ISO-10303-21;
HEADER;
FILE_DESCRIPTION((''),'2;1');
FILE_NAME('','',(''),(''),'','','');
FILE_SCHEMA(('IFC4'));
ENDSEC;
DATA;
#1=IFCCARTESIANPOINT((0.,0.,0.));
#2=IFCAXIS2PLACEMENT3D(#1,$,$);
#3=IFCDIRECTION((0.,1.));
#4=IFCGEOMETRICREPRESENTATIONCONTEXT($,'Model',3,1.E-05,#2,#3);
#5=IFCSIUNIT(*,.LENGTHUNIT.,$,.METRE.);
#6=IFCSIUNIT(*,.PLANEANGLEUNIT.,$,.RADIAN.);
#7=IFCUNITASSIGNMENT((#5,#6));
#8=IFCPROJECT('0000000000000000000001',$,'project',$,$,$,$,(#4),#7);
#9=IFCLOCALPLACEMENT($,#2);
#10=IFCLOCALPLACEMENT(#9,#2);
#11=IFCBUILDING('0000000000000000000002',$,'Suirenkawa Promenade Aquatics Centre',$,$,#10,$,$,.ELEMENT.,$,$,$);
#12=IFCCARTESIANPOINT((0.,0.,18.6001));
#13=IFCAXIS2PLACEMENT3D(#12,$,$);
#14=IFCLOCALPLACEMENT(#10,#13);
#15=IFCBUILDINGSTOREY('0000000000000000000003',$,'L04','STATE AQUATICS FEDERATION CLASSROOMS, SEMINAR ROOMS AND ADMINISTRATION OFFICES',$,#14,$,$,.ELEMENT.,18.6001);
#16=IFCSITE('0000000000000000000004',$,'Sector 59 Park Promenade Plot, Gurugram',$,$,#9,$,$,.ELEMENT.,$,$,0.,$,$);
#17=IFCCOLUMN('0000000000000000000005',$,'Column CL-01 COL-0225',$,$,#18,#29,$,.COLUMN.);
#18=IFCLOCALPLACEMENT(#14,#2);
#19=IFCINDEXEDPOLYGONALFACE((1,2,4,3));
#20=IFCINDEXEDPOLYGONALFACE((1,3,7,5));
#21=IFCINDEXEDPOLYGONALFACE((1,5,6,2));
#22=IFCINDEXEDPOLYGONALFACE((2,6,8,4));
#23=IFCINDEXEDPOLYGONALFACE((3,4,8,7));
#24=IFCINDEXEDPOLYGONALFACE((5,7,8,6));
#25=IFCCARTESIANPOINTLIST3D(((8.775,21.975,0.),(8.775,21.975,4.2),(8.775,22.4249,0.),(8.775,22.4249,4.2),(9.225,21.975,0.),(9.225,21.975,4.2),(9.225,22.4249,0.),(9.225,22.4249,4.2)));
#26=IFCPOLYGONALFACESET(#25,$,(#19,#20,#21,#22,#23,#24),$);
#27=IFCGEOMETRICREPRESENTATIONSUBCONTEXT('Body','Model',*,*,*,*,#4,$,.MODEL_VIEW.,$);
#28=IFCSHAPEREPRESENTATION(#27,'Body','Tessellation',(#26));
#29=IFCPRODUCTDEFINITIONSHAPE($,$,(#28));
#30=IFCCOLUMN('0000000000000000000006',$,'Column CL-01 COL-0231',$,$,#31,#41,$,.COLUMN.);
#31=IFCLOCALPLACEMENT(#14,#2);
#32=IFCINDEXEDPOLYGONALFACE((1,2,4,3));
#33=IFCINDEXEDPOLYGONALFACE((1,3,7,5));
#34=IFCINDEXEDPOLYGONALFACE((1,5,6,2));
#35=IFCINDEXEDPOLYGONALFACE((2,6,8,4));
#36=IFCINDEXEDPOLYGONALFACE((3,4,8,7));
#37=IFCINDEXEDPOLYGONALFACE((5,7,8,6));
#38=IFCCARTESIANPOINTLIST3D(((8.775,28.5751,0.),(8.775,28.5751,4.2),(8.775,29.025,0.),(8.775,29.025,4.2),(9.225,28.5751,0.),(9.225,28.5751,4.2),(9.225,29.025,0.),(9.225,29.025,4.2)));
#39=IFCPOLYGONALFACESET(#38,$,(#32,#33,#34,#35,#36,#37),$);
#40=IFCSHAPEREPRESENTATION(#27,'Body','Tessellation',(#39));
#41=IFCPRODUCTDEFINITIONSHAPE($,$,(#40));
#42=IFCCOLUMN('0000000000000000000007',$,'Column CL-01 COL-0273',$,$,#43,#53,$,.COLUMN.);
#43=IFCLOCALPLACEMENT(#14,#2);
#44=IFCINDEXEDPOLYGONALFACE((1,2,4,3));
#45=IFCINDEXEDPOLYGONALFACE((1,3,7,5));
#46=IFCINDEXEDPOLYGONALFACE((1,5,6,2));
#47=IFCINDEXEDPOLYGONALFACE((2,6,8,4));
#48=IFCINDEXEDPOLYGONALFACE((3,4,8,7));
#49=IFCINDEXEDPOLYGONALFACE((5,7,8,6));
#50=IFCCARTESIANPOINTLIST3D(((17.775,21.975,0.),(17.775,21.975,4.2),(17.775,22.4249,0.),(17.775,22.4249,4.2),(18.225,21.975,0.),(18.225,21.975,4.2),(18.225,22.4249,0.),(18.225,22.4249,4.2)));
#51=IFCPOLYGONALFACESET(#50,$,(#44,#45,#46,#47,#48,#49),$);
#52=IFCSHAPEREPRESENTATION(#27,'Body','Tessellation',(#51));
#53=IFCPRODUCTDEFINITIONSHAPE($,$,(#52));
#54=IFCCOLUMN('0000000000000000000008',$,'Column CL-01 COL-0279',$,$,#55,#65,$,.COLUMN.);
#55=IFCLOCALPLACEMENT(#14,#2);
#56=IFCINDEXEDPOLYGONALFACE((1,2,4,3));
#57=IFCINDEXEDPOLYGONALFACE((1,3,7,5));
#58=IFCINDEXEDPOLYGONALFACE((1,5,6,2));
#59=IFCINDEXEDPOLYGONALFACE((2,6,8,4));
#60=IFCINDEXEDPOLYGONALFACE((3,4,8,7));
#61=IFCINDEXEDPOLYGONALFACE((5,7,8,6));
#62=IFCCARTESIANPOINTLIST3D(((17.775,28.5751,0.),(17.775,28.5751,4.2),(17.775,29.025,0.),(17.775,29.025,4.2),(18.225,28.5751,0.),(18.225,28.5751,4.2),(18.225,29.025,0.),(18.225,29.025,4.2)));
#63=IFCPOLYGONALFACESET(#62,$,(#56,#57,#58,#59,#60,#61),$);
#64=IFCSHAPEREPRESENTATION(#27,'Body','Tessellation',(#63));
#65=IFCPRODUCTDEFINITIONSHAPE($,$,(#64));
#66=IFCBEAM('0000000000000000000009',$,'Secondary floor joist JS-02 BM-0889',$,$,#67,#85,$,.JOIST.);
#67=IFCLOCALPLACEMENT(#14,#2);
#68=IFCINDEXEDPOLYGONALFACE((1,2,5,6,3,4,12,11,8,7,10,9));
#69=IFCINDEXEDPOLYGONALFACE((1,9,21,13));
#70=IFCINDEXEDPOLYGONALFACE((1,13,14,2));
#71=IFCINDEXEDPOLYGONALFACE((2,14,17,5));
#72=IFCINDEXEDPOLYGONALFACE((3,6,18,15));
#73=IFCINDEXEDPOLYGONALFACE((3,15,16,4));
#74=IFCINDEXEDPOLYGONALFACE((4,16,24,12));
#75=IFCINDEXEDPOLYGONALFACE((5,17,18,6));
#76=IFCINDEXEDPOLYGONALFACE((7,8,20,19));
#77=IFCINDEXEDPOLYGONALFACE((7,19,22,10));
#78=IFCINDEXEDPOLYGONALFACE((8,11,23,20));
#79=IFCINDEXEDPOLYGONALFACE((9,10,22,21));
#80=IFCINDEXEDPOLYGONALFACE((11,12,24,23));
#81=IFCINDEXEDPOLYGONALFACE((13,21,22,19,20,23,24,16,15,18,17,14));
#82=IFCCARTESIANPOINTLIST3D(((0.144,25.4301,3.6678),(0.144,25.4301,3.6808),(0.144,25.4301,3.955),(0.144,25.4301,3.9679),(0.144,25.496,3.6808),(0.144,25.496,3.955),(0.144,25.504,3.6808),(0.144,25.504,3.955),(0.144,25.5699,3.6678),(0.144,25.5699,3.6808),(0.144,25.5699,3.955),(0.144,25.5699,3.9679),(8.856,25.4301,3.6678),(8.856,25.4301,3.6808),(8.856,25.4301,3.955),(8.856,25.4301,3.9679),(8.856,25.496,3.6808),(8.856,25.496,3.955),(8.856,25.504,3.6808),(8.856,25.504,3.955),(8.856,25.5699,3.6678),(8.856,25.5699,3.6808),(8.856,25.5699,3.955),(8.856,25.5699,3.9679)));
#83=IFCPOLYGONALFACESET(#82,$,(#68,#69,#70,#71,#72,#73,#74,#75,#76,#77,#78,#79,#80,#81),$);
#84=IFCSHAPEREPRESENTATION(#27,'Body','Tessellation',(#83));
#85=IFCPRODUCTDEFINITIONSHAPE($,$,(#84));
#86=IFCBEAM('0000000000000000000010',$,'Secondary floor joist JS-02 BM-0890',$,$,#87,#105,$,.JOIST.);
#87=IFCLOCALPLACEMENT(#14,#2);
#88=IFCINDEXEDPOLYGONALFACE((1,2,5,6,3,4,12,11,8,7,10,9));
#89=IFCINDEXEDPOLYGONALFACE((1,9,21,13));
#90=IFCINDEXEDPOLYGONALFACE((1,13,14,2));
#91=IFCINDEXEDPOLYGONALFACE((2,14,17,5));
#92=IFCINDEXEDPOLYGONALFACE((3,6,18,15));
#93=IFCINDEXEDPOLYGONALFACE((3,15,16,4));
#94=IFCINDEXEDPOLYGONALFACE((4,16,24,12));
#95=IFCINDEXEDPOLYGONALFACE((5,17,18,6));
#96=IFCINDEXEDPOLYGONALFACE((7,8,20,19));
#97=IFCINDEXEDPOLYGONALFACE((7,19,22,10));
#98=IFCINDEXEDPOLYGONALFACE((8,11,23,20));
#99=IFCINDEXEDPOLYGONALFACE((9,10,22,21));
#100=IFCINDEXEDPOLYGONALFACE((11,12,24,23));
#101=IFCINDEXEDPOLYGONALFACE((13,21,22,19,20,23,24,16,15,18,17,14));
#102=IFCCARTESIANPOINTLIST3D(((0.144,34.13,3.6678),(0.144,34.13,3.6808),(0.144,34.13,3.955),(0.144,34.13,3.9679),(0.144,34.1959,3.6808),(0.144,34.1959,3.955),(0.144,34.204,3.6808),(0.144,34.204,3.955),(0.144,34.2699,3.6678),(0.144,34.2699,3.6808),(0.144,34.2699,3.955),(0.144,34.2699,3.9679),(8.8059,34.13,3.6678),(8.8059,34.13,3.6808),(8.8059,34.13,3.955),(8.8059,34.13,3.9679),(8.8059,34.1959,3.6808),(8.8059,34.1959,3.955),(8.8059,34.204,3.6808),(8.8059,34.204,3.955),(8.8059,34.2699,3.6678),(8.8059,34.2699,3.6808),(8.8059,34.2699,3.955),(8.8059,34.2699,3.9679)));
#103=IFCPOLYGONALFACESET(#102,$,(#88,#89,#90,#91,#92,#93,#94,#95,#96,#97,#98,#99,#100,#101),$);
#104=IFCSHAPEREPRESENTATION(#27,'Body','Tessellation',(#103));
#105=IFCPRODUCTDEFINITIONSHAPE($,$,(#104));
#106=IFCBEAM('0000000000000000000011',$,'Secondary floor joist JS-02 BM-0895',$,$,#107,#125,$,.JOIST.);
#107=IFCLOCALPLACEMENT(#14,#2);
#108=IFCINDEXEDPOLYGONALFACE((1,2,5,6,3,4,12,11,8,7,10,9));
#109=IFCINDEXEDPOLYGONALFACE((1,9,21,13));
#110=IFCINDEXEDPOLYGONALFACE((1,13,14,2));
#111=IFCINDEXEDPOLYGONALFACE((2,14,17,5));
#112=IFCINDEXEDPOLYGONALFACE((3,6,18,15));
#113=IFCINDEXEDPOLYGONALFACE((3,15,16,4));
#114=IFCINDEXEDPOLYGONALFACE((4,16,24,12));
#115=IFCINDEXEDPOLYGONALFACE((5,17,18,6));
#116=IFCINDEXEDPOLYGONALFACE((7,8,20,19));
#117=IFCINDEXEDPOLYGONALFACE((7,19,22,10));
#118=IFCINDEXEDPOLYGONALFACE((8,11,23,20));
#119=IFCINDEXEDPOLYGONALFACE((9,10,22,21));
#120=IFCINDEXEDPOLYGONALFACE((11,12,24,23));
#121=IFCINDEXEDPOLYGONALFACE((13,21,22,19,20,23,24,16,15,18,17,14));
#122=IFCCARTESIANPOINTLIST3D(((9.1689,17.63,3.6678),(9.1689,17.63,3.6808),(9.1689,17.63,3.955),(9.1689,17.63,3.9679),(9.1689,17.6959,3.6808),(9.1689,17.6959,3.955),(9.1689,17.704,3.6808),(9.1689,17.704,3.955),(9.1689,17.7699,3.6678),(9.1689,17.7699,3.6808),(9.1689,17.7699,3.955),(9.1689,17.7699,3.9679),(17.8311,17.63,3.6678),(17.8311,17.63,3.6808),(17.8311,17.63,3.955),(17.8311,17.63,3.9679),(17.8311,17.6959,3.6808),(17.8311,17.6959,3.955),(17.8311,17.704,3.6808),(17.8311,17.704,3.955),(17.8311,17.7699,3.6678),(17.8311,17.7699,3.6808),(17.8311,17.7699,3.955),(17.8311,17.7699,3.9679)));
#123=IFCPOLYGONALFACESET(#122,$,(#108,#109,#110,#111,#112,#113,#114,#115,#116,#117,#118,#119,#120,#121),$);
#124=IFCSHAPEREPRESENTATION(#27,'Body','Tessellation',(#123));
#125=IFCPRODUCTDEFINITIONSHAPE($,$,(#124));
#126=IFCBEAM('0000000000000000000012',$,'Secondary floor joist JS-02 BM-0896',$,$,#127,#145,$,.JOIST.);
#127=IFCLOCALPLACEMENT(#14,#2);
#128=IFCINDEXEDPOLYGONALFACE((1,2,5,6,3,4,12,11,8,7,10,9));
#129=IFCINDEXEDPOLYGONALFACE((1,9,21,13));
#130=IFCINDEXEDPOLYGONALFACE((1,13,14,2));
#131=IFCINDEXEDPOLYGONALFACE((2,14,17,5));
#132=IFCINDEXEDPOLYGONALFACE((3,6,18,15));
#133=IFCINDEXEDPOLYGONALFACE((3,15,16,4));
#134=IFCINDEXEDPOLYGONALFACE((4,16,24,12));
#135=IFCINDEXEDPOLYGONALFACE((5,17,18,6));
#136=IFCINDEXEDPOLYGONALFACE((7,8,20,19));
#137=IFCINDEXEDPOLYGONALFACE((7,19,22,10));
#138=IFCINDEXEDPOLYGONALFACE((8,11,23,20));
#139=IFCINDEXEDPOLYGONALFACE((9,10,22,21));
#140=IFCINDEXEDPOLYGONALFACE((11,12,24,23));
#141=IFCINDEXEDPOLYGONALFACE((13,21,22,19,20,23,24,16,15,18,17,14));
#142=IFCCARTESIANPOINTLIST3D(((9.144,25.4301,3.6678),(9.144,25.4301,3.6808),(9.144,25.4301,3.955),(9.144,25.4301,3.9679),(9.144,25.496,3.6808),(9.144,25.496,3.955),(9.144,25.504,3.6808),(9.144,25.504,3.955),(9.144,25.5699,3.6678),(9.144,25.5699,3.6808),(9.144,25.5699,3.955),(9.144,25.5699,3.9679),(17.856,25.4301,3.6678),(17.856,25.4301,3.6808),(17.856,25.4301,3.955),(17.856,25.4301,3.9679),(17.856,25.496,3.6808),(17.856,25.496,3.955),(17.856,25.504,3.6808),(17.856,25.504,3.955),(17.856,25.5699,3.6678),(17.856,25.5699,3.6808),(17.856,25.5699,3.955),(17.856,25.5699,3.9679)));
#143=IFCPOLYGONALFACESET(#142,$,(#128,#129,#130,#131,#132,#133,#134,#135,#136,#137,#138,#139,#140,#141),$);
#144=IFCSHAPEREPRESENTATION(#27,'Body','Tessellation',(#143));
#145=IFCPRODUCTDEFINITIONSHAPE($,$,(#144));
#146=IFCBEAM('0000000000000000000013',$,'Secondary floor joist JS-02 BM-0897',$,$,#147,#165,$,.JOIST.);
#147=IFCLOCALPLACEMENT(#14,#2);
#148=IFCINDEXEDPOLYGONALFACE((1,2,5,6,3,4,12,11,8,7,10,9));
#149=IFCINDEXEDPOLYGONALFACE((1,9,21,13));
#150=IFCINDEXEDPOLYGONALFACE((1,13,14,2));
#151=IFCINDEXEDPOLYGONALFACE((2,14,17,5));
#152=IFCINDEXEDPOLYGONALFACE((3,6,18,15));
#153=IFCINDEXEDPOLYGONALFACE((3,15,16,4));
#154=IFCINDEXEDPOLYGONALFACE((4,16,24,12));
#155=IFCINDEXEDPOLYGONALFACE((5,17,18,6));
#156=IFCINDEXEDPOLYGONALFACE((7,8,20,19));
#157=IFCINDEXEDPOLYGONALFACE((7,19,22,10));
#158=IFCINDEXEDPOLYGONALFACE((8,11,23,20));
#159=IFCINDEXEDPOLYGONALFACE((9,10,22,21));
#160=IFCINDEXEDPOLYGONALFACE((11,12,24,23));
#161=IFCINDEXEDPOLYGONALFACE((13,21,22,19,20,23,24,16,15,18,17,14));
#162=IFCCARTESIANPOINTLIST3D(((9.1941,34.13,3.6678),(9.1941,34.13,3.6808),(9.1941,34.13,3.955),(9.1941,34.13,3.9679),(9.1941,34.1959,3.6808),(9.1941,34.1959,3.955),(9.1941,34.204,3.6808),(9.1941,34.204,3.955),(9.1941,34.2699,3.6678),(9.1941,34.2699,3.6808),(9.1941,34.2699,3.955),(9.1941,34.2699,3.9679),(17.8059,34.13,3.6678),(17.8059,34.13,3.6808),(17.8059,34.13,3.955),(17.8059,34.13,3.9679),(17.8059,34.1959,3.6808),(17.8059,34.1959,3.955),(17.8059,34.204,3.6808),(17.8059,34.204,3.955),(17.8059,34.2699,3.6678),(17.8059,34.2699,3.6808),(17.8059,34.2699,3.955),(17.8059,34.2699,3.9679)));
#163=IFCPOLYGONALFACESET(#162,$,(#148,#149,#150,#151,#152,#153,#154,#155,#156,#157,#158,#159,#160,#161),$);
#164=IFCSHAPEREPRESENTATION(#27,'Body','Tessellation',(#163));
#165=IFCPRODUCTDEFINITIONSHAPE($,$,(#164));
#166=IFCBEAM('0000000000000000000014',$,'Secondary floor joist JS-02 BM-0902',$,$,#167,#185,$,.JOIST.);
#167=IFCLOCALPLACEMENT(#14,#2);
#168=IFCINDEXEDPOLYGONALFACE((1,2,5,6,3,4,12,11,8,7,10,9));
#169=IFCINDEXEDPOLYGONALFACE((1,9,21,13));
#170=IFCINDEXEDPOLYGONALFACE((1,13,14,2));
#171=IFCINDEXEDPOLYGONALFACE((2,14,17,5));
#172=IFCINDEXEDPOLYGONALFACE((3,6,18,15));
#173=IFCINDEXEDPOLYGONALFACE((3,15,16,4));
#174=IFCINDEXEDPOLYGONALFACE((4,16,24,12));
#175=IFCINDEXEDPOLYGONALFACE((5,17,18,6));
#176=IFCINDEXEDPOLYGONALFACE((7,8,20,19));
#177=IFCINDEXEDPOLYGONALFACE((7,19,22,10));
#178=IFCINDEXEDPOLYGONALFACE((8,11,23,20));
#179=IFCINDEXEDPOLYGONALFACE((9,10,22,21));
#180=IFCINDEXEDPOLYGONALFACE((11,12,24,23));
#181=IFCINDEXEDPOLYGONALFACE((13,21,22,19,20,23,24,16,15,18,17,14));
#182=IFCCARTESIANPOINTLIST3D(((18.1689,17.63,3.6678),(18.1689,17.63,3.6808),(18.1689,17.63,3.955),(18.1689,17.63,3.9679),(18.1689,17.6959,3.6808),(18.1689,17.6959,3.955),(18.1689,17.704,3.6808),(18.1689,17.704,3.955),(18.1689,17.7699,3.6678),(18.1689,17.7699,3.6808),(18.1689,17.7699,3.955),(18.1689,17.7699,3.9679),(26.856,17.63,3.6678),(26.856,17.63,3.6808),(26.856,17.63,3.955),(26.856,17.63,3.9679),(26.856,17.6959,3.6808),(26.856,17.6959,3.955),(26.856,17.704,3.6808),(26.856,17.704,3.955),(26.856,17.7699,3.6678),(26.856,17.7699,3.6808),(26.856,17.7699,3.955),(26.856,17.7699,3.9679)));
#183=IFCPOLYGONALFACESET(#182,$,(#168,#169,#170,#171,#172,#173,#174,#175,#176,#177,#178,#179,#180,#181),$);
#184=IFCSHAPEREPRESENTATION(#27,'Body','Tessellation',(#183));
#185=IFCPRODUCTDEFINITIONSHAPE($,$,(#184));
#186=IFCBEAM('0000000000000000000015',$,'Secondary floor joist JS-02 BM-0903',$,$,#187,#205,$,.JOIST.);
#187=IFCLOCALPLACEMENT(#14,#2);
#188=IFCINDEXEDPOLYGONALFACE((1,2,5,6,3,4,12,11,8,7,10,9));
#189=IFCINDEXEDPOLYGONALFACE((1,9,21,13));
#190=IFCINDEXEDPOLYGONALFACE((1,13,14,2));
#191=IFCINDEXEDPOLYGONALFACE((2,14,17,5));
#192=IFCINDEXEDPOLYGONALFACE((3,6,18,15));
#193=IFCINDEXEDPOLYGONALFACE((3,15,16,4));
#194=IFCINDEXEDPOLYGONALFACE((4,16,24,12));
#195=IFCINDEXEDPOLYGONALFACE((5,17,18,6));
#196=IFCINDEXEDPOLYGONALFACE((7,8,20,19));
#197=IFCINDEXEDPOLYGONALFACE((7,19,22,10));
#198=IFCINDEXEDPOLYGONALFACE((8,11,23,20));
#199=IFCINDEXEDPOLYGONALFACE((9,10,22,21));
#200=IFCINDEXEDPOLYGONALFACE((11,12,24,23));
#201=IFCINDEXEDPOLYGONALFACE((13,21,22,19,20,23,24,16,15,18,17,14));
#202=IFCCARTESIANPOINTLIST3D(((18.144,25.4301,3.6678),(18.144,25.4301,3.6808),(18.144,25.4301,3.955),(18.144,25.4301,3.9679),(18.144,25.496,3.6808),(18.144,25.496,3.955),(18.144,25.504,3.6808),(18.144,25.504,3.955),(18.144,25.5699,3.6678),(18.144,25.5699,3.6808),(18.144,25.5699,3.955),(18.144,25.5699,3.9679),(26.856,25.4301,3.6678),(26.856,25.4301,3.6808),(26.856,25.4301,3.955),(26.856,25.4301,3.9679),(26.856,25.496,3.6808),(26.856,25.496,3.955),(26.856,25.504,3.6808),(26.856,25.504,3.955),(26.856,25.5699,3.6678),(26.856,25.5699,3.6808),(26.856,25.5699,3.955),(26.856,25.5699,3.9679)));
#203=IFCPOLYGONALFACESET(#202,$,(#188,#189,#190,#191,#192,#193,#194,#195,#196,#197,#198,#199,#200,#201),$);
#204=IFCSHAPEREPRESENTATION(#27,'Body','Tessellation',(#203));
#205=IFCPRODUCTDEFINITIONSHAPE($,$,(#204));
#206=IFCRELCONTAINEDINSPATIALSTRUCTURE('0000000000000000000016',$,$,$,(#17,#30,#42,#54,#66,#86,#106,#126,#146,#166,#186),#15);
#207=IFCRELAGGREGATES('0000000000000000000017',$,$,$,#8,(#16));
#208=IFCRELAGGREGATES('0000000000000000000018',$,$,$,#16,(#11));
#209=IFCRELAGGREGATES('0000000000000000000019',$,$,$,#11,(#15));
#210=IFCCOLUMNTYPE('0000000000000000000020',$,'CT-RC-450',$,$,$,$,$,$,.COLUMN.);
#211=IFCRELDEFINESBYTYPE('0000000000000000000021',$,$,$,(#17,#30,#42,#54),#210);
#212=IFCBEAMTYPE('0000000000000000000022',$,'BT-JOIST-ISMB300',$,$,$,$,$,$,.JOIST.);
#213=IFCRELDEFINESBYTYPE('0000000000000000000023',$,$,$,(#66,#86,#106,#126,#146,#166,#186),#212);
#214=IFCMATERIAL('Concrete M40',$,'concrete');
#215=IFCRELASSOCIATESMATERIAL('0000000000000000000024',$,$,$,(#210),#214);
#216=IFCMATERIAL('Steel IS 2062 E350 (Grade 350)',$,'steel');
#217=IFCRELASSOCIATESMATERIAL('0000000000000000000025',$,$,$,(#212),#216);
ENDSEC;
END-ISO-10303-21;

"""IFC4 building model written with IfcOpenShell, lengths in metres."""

from ifc_helpers import new_model, si_unit, direction, frame, origin, origin_2d, place, context, subcontext, project, spatial, rectangle, i_section, extrude, material, material_profile, profile_set, type_object, element, save


model = new_model("IFC4")

# Units and contexts
model_context = context("Model", 3, precision=1e-05, world=origin(), true_north=direction((0.0, 1.0)))
body_context = subcontext(model_context, "Body", "Model", "MODEL_VIEW")
ifc_project = project(units=[si_unit("LENGTHUNIT", "METRE"), si_unit("PLANEANGLEUNIT", "RADIAN")], contexts=[model_context])

# Site, building, storey
site_placement = place(None, origin())
site = spatial("IfcSite", under=ifc_project, at=site_placement, Name="Sector 59 Park Promenade Plot, Gurugram", CompositionType="ELEMENT", RefElevation=0.0)
building_placement = place(site_placement, origin())
building = spatial("IfcBuilding", under=site, at=building_placement, Name="Suirenkawa Promenade Aquatics Centre", CompositionType="ELEMENT")
storey_placement = place(building_placement, frame((0.0, 0.0, 18.6001)))
storey = spatial("IfcBuildingStorey", under=building, at=storey_placement, Name="L04", Description="STATE AQUATICS FEDERATION CLASSROOMS, SEMINAR ROOMS AND ADMINISTRATION OFFICES", CompositionType="ELEMENT", Elevation=18.6001)

# Columns
ifc_material_1 = material(Name="Concrete M40", Category="concrete")
ifc_material_profile_1 = material_profile(ifc_material_1, rectangle(XDim=0.45, YDim=0.45, at=origin_2d()), Name="RC COL 450x450", Category="concrete")
ifc_profile_set_1 = profile_set([ifc_material_profile_1], Name="Concrete M40")
column_type = type_object("IfcColumnType", Name="CT-RC-450", PredefinedType="COLUMN", material=ifc_profile_set_1)
for number, where, z_axis, x_axis, name in (
    (1, (9.0, 22.2, 0.0), (0.0, 0.0, 1.0), (1.0, 0.0, 0.0), "Column CL-01 COL-0225"),
    (2, (9.0, 28.8, 0.0), (0.0, 0.0, 1.0), (1.0, 0.0, 0.0), "Column CL-01 COL-0231"),
    (3, (18.0, 22.2, 0.0), (0.0, 0.0, 1.0), (1.0, 0.0, 0.0), "Column CL-01 COL-0273"),
    (4, (18.0, 28.8, 0.0), (0.0, 0.0, 1.0), (1.0, 0.0, 0.0), "Column CL-01 COL-0279"),
):
    element("IfcColumn", number, at=place(storey_placement, frame(where, z_axis=z_axis, x_axis=x_axis)), inside=storey, type_object=column_type, Name=name, PredefinedType="COLUMN", context=body_context, shape_type="SweptSolid", body=[
        extrude(rectangle(XDim=0.45, YDim=0.45, at=origin_2d()), origin(), (0.0, 0.0, 1.0), 4.2),
    ])

# Beams
ifc_material_2 = material(Name="Steel IS 2062 E350 (Grade 350)", Category="steel")
ifc_material_profile_2 = material_profile(ifc_material_2, i_section(OverallWidth=0.1399, OverallDepth=0.3, WebThickness=0.0081, FlangeThickness=0.0129, at=origin_2d()), Name="ISMB 300", Category="steel")
ifc_profile_set_2 = profile_set([ifc_material_profile_2], Name="Steel IS 2062 E350 (Grade 350)")
beam_type_1 = type_object("IfcBeamType", Name="BT-JOIST-ISMB300", PredefinedType="JOIST", material=ifc_profile_set_2)
beam_1_placement = place(storey_placement, frame((0.144, 25.5, 3.8179), z_axis=(1.0, 0.0, 0.0), x_axis=(0.0, 1.0, 0.0)))
element("IfcBeam", 5, at=beam_1_placement, inside=storey, type_object=beam_type_1, Name="Secondary floor joist JS-02 BM-0889", PredefinedType="JOIST", context=body_context, shape_type="SweptSolid", body=[
    extrude(i_section(OverallWidth=0.1399, OverallDepth=0.3, WebThickness=0.0081, FlangeThickness=0.0129, at=origin_2d()), origin(), (0.0, 0.0, 1.0), 8.7119),
])
beam_2_placement = place(storey_placement, frame((0.144, 34.2, 3.8179), z_axis=(1.0, 0.0, 0.0), x_axis=(0.0, 1.0, 0.0)))
element("IfcBeam", 6, at=beam_2_placement, inside=storey, type_object=beam_type_1, Name="Secondary floor joist JS-02 BM-0890", PredefinedType="JOIST", context=body_context, shape_type="SweptSolid", body=[
    extrude(i_section(OverallWidth=0.1399, OverallDepth=0.3, WebThickness=0.0081, FlangeThickness=0.0129, at=origin_2d()), origin(), (0.0, 0.0, 1.0), 8.6619),
])
beam_3_placement = place(storey_placement, frame((9.1689, 17.7, 3.8179), z_axis=(1.0, 0.0, 0.0), x_axis=(0.0, 1.0, 0.0)))
element("IfcBeam", 7, at=beam_3_placement, inside=storey, type_object=beam_type_1, Name="Secondary floor joist JS-02 BM-0895", PredefinedType="JOIST", context=body_context, shape_type="SweptSolid", body=[
    extrude(i_section(OverallWidth=0.1399, OverallDepth=0.3, WebThickness=0.0081, FlangeThickness=0.0129, at=origin_2d()), origin(), (0.0, 0.0, 1.0), 8.6621),
])
beam_4_placement = place(storey_placement, frame((9.144, 25.5, 3.8179), z_axis=(1.0, 0.0, 0.0), x_axis=(0.0, 1.0, 0.0)))
element("IfcBeam", 8, at=beam_4_placement, inside=storey, type_object=beam_type_1, Name="Secondary floor joist JS-02 BM-0896", PredefinedType="JOIST", context=body_context, shape_type="SweptSolid", body=[
    extrude(i_section(OverallWidth=0.1399, OverallDepth=0.3, WebThickness=0.0081, FlangeThickness=0.0129, at=origin_2d()), origin(), (0.0, 0.0, 1.0), 8.7119),
])
beam_5_placement = place(storey_placement, frame((9.1941, 34.2, 3.8179), z_axis=(1.0, 0.0, 0.0), x_axis=(0.0, 1.0, 0.0)))
element("IfcBeam", 9, at=beam_5_placement, inside=storey, type_object=beam_type_1, Name="Secondary floor joist JS-02 BM-0897", PredefinedType="JOIST", context=body_context, shape_type="SweptSolid", body=[
    extrude(i_section(OverallWidth=0.1399, OverallDepth=0.3, WebThickness=0.0081, FlangeThickness=0.0129, at=origin_2d()), origin(), (0.0, 0.0, 1.0), 8.6118),
])
beam_6_placement = place(storey_placement, frame((18.1689, 17.7, 3.8179), z_axis=(1.0, 0.0, 0.0), x_axis=(0.0, 1.0, 0.0)))
element("IfcBeam", 10, at=beam_6_placement, inside=storey, type_object=beam_type_1, Name="Secondary floor joist JS-02 BM-0902", PredefinedType="JOIST", context=body_context, shape_type="SweptSolid", body=[
    extrude(i_section(OverallWidth=0.1399, OverallDepth=0.3, WebThickness=0.0081, FlangeThickness=0.0129, at=origin_2d()), origin(), (0.0, 0.0, 1.0), 8.687),
])
beam_7_placement = place(storey_placement, frame((18.144, 25.5, 3.8179), z_axis=(1.0, 0.0, 0.0), x_axis=(0.0, 1.0, 0.0)))
element("IfcBeam", 11, at=beam_7_placement, inside=storey, type_object=beam_type_1, Name="Secondary floor joist JS-02 BM-0903", PredefinedType="JOIST", context=body_context, shape_type="SweptSolid", body=[
    extrude(i_section(OverallWidth=0.1399, OverallDepth=0.3, WebThickness=0.0081, FlangeThickness=0.0129, at=origin_2d()), origin(), (0.0, 0.0, 1.0), 8.7119),
])

save(model, "model.ifc")
